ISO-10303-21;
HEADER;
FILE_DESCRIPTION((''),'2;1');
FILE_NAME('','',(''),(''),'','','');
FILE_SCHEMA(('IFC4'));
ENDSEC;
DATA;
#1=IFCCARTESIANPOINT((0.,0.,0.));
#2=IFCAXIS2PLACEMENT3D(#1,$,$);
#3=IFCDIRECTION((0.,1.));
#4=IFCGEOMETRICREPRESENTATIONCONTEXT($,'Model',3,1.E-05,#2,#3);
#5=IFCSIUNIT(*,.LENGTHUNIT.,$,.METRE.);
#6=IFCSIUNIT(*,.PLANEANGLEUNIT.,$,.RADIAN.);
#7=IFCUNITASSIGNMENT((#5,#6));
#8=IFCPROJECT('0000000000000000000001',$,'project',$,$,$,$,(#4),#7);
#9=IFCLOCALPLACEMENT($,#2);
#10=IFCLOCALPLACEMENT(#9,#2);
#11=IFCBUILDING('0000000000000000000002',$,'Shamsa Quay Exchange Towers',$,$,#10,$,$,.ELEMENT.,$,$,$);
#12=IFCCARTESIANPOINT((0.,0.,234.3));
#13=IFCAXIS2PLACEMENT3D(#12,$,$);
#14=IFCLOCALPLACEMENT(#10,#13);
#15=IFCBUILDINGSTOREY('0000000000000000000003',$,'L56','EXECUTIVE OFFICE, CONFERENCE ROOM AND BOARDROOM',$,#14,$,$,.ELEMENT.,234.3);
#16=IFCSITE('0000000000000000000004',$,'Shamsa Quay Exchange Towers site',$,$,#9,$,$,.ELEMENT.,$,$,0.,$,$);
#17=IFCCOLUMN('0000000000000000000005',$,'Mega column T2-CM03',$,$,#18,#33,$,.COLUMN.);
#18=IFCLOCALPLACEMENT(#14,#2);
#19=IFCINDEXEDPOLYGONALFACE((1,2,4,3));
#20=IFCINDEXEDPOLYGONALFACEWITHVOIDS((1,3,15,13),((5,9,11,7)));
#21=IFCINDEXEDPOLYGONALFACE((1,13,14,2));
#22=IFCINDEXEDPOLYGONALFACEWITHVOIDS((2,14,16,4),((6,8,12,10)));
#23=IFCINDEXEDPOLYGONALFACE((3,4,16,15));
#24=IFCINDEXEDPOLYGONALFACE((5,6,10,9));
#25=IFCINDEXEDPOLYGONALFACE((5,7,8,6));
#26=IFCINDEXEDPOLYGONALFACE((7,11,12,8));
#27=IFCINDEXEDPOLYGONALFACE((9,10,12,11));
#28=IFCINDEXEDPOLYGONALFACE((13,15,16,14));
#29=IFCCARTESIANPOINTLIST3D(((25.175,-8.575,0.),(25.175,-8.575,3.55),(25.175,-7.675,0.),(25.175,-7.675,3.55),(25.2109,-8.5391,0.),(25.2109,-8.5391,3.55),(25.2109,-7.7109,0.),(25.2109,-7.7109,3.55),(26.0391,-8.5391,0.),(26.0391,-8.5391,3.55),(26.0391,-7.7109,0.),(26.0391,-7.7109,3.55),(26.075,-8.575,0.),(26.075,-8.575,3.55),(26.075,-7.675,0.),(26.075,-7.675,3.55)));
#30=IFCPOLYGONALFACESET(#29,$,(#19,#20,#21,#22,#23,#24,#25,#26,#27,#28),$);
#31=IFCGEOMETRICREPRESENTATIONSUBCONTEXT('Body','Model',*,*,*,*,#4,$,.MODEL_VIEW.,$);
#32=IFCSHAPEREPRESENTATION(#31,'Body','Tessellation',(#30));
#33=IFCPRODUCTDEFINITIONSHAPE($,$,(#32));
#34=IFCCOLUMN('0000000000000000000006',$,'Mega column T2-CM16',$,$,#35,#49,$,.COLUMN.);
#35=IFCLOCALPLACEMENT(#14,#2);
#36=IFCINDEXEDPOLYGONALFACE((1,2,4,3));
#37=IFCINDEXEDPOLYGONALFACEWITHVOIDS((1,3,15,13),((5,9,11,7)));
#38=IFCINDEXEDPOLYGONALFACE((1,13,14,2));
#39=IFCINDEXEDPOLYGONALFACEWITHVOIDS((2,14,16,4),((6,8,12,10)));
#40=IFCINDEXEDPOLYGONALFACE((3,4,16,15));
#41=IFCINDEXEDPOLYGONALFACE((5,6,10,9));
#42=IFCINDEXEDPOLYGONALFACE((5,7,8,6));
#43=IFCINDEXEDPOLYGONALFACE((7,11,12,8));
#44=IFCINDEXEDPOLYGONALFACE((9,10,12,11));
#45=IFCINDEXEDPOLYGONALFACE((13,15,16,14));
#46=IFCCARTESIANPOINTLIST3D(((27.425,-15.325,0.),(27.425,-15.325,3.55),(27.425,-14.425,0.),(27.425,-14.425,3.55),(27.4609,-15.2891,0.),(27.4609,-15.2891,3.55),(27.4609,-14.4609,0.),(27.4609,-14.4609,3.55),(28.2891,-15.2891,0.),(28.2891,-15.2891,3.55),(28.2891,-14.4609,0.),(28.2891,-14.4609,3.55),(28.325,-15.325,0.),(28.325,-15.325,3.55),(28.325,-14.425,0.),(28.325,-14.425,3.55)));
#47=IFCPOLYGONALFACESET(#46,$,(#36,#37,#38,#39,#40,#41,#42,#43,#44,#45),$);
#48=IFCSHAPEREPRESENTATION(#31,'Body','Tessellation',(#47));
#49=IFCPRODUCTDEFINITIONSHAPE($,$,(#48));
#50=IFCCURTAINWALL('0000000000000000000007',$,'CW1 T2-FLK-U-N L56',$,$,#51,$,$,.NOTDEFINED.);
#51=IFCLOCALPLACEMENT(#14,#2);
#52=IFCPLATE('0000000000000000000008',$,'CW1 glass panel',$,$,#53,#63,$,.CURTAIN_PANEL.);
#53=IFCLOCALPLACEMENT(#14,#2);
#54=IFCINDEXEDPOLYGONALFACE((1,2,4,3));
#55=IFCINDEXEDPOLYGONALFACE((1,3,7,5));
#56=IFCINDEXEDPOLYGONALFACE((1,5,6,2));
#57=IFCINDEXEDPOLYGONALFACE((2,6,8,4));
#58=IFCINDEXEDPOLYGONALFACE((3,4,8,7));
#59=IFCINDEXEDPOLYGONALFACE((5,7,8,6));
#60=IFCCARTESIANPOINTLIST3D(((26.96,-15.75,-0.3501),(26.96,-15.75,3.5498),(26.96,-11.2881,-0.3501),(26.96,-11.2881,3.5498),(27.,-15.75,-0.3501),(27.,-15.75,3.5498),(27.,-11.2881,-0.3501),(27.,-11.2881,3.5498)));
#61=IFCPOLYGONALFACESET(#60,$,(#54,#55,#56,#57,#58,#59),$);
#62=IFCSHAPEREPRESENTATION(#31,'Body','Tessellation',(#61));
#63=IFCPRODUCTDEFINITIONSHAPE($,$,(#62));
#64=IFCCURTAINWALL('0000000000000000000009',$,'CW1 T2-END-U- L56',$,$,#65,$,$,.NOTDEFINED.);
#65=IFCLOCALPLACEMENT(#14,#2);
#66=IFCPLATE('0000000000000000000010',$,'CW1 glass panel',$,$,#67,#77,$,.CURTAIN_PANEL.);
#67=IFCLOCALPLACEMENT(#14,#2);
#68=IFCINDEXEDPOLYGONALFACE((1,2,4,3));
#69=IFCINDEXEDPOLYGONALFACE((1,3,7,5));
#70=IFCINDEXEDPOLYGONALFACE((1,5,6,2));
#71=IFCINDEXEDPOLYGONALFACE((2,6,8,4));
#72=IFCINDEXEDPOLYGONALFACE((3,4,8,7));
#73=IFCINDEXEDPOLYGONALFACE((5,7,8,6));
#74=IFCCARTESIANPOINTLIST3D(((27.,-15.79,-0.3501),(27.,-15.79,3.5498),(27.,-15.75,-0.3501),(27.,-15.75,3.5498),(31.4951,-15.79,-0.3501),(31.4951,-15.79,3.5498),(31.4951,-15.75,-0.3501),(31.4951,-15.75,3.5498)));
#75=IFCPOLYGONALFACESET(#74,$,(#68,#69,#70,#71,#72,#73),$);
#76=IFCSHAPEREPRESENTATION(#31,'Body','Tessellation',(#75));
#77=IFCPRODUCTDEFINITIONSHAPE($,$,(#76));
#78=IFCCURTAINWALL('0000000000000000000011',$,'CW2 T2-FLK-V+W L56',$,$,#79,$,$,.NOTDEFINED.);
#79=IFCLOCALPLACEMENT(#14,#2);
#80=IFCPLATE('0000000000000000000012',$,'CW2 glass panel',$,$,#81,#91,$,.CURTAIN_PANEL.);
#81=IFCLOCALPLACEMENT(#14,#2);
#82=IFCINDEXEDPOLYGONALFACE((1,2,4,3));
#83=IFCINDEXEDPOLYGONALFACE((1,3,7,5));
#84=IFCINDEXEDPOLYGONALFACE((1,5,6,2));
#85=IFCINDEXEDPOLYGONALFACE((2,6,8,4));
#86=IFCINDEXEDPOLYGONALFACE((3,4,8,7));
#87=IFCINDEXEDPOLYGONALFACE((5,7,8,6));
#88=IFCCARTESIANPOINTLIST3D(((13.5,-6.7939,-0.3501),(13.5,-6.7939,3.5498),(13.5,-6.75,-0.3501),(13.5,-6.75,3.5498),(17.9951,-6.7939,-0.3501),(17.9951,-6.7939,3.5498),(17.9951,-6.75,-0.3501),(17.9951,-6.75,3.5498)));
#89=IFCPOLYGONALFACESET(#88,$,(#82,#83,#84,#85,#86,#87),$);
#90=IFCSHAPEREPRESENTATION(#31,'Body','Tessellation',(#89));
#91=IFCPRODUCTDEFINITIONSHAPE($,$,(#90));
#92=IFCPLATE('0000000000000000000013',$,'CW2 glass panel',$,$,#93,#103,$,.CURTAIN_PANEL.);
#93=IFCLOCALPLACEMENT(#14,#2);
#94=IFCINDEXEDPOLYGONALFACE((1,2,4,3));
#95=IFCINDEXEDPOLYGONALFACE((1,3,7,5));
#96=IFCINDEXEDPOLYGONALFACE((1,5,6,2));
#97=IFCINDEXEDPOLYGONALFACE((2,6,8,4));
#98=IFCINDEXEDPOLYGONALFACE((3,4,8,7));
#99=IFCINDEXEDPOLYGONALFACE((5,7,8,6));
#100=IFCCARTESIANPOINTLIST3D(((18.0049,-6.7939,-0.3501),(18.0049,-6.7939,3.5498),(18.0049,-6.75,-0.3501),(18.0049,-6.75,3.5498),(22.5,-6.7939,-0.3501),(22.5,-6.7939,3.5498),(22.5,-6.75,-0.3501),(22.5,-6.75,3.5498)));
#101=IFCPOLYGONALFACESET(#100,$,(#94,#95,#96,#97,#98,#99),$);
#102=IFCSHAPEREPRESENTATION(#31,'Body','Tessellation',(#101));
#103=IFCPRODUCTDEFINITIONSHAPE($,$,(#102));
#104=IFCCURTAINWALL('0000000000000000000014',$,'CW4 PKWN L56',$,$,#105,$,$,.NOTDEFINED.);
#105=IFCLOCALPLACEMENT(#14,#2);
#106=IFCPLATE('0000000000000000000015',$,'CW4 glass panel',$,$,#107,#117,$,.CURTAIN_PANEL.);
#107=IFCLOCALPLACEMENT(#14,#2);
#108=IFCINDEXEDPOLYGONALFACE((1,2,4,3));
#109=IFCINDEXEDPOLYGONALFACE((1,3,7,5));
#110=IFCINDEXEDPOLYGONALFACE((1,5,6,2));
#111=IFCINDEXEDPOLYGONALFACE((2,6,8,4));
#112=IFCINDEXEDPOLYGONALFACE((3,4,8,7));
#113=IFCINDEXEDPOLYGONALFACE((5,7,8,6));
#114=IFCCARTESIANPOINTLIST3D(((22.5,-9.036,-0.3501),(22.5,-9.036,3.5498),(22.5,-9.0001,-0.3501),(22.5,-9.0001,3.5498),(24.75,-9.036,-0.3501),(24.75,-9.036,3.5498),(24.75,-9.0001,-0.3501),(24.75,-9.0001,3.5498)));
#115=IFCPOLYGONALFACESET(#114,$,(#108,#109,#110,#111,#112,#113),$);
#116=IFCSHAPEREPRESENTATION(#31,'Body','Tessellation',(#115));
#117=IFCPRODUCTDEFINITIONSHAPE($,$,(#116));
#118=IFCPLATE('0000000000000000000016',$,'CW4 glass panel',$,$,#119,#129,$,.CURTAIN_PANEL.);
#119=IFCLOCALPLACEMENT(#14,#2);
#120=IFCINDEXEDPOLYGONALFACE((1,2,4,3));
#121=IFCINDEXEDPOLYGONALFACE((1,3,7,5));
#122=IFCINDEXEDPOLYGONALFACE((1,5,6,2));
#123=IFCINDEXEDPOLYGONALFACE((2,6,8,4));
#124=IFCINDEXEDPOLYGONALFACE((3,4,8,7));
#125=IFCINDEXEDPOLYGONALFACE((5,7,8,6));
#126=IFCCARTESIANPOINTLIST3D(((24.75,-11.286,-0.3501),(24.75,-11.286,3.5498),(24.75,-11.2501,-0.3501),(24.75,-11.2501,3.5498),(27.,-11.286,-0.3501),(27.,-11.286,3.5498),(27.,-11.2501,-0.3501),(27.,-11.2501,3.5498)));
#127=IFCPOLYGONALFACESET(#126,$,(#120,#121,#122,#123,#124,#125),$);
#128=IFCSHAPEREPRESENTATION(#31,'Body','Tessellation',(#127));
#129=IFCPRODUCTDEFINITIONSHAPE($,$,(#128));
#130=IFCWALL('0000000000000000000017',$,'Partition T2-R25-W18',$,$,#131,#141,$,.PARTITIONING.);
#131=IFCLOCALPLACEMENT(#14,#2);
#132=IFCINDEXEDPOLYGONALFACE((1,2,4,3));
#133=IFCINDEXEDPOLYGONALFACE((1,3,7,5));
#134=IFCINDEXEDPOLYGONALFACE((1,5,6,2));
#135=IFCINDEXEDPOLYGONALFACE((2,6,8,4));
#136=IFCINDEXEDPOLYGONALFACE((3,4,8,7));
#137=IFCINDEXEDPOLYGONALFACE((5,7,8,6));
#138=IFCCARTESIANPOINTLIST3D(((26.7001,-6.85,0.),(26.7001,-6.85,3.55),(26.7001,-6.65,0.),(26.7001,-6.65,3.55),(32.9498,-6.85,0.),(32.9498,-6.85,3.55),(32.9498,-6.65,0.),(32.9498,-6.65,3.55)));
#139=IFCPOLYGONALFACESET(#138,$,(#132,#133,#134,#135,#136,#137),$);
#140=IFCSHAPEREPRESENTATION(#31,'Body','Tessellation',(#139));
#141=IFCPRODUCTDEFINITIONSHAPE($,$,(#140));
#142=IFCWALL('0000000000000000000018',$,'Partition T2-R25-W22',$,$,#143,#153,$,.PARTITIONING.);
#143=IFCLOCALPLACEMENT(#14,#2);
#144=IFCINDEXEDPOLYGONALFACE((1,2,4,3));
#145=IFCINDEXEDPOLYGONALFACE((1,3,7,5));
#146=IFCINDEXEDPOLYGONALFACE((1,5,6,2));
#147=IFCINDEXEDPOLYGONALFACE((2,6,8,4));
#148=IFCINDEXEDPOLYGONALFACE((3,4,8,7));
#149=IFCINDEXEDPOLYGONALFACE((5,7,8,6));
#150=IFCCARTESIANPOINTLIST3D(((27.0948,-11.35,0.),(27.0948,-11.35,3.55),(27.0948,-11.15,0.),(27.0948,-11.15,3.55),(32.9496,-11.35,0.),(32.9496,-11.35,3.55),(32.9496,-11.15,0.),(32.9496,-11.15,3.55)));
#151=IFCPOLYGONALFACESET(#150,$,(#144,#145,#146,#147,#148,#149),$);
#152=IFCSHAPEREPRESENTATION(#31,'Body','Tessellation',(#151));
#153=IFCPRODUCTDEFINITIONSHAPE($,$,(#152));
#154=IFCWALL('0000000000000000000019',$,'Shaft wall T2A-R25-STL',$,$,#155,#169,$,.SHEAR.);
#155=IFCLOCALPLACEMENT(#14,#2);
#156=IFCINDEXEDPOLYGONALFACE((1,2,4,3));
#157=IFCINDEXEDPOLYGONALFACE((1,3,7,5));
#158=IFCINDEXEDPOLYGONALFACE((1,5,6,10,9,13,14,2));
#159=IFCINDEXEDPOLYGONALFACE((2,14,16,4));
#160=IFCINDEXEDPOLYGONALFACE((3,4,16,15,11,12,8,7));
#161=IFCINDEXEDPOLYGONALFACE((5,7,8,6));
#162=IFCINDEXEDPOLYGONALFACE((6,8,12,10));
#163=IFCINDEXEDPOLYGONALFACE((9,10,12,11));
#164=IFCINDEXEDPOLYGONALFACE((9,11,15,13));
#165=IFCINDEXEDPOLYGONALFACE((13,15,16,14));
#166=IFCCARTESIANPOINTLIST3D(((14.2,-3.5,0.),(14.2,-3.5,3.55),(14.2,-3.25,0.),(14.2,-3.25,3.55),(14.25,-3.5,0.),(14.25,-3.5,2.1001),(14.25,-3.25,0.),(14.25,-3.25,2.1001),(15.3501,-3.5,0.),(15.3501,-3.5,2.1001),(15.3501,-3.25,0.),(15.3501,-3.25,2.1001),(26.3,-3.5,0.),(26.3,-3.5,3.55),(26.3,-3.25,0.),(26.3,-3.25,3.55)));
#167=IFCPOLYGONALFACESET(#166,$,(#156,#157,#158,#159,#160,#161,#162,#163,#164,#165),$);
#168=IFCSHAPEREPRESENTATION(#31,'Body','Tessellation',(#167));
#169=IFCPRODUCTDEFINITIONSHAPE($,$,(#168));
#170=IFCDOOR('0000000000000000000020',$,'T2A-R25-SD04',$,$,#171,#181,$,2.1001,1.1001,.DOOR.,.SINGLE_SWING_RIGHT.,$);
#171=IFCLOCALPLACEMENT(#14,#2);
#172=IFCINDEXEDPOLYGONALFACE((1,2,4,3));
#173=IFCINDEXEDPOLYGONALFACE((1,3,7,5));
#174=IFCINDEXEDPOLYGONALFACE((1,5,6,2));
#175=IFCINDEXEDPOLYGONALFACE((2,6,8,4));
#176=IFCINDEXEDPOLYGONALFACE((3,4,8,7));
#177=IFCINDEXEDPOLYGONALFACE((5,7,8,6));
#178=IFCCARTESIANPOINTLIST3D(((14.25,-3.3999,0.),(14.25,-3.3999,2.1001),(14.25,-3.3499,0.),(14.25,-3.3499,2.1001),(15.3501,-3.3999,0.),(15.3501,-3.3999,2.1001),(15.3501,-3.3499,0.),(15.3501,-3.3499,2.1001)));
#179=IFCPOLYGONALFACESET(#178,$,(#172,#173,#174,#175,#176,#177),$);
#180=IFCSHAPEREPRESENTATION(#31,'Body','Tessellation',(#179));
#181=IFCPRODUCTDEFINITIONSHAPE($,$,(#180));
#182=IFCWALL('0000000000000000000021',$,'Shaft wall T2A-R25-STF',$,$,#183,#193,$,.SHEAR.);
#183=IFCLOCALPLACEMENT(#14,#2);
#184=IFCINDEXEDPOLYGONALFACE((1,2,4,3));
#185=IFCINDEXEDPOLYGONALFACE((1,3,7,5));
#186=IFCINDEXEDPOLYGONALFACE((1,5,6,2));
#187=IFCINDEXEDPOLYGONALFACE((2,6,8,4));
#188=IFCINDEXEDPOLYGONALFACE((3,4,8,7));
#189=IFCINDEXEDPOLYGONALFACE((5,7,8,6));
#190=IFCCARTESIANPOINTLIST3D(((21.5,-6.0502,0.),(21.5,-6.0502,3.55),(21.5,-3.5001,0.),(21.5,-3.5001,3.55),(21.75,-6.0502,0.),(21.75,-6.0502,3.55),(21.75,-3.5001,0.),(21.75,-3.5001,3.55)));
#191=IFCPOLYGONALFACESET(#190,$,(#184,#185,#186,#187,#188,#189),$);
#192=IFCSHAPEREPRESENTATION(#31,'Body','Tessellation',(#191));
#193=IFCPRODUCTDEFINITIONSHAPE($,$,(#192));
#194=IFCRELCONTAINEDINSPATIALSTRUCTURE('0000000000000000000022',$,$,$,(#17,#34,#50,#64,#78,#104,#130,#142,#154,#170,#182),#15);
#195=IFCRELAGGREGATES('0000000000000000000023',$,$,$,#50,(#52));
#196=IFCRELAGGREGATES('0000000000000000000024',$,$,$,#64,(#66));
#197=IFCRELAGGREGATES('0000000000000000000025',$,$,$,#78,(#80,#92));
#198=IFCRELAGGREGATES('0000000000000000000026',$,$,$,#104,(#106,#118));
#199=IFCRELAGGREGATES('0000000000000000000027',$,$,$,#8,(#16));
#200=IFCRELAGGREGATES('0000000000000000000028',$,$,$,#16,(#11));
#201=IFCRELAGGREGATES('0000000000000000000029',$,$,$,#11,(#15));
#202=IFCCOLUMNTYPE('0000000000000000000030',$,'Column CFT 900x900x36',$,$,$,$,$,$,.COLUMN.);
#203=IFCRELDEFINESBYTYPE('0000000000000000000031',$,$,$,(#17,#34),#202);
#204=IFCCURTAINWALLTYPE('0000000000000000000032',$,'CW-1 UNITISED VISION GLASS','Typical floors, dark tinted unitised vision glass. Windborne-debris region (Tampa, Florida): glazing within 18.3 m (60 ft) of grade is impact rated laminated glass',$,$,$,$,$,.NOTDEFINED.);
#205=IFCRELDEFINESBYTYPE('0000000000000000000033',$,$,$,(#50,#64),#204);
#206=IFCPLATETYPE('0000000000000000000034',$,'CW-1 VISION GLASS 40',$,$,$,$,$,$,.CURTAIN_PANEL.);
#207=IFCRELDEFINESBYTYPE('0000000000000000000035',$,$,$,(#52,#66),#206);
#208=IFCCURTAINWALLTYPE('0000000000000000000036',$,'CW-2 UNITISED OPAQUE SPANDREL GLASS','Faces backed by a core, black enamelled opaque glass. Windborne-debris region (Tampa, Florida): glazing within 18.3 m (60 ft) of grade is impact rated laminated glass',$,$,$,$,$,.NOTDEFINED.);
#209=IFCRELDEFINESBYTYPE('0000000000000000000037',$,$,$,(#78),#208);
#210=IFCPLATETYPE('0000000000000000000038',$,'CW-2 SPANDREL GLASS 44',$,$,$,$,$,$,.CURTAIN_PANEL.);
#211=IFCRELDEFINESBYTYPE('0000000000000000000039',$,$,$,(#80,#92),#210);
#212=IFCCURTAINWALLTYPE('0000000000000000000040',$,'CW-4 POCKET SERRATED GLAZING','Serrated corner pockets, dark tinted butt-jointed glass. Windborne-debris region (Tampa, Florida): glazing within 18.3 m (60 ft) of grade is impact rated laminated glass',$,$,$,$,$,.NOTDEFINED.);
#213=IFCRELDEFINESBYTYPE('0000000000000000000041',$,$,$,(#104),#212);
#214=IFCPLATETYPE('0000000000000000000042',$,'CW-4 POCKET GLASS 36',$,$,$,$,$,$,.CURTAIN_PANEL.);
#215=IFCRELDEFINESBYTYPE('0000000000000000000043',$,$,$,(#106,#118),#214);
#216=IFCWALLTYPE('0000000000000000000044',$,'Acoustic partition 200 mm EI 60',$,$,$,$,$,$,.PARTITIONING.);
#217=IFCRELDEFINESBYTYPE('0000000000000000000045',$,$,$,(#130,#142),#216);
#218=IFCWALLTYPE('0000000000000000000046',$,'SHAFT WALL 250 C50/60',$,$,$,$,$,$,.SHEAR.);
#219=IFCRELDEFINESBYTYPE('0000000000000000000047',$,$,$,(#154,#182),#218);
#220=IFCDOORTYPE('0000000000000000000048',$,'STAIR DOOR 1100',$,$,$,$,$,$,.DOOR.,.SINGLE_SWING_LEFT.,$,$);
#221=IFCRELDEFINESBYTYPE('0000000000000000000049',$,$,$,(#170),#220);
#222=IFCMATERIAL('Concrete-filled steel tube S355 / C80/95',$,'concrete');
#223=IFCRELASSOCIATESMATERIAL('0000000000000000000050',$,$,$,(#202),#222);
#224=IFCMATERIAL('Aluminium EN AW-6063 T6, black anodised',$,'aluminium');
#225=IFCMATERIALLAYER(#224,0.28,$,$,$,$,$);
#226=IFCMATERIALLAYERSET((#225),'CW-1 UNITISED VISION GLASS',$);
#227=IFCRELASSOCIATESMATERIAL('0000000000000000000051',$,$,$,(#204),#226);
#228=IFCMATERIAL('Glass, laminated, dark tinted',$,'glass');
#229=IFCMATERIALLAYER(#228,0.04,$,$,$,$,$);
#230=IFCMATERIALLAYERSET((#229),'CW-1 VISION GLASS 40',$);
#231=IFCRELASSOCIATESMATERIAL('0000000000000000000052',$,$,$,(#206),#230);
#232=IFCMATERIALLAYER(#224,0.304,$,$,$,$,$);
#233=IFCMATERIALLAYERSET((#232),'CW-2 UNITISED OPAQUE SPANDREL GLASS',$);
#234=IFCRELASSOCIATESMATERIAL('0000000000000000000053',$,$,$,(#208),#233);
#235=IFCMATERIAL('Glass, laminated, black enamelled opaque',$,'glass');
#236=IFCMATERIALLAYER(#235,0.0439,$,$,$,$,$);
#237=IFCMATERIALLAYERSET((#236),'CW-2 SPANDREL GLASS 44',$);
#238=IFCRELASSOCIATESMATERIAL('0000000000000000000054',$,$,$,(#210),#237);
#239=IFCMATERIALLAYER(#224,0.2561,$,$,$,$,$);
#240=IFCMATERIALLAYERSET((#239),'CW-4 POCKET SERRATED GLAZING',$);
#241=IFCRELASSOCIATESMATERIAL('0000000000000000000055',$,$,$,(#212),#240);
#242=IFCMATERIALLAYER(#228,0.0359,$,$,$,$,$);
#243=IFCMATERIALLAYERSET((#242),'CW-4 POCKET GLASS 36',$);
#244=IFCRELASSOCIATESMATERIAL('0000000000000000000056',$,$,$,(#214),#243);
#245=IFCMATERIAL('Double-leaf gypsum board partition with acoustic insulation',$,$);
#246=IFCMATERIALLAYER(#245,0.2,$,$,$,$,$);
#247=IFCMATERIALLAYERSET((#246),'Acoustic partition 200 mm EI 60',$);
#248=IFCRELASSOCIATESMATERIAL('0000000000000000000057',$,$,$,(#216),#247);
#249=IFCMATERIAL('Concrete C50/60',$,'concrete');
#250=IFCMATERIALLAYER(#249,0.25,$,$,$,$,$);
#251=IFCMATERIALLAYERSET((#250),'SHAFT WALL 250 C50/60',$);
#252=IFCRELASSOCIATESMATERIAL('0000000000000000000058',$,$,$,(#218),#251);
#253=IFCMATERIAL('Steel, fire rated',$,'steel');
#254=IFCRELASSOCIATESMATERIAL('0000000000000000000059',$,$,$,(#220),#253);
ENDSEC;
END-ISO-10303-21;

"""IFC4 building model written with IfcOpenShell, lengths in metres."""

from ifc_helpers import new_model, si_unit, direction, frame, frame_2d, origin, origin_2d, place, context, subcontext, project, spatial, rectangle, hollow_rectangle, extrude, material, layer, layer_set, material_profile, profile_set, type_object, element, fill, aggregate, save


model = new_model("IFC4")

# Units and contexts
model_context = context("Model", 3, precision=1e-05, world=origin(), true_north=direction((0.0, 1.0)))
body_context = subcontext(model_context, "Body", "Model", "MODEL_VIEW")
ifc_project = project(units=[si_unit("LENGTHUNIT", "METRE"), si_unit("PLANEANGLEUNIT", "RADIAN")], contexts=[model_context])

# Site, building, storey
site_placement = place(None, origin())
site = spatial("IfcSite", under=ifc_project, at=site_placement, Name="Shamsa Quay Exchange Towers site", CompositionType="ELEMENT", RefElevation=0.0)
building_placement = place(site_placement, origin())
building = spatial("IfcBuilding", under=site, at=building_placement, Name="Shamsa Quay Exchange Towers", CompositionType="ELEMENT")
storey_placement = place(building_placement, frame((0.0, 0.0, 234.3)))
storey = spatial("IfcBuildingStorey", under=building, at=storey_placement, Name="L56", Description="EXECUTIVE OFFICE, CONFERENCE ROOM AND BOARDROOM", CompositionType="ELEMENT", Elevation=234.3)

# Columns
ifc_material_1 = material(Name="Concrete-filled steel tube S355 / C80/95", Category="concrete")
ifc_material_profile = material_profile(ifc_material_1, hollow_rectangle(XDim=0.8999, YDim=0.8999, WallThickness=0.0359, at=origin_2d()), Name="CFT 900x900x36")
ifc_profile_set = profile_set([ifc_material_profile], Name="Concrete-filled steel tube S355 / C80/95")
column_type = type_object("IfcColumnType", Name="Column CFT 900x900x36", PredefinedType="COLUMN", material=ifc_profile_set)
for number, where, name in (
    (1, (25.625, -8.125, 0.0), "Mega column T2-CM03"),
    (2, (27.875, -14.875, 0.0), "Mega column T2-CM16"),
):
    element("IfcColumn", number, at=place(storey_placement, frame(where)), inside=storey, type_object=column_type, Name=name, PredefinedType="COLUMN", context=body_context, shape_type="SweptSolid", body=[
        extrude(hollow_rectangle(XDim=0.8999, YDim=0.8999, WallThickness=0.0359, at=origin_2d()), origin(), (0.0, 0.0, 1.0), 3.55),
    ])

# Curtain walls, plates
ifc_material_2 = material(Name="Aluminium EN AW-6063 T6, black anodised", Category="aluminium")
ifc_layer_1 = layer(ifc_material_2, 0.28)
ifc_layer_set_1 = layer_set([ifc_layer_1], Name="CW-1 UNITISED VISION GLASS")
curtain_wall_type_1 = type_object("IfcCurtainWallType", Name="CW-1 UNITISED VISION GLASS", Description="Typical floors, dark tinted unitised vision glass. Windborne-debris region (Tampa, Florida): glazing within 18.3 m (60 ft) of grade is impact rated laminated glass", PredefinedType="NOTDEFINED", material=ifc_layer_set_1)
curtain_wall_1_placement = place(storey_placement, origin())
curtain_wall_1 = element("IfcCurtainWall", 3, at=curtain_wall_1_placement, inside=storey, type_object=curtain_wall_type_1, Name="CW1 T2-FLK-U-N L56", PredefinedType="NOTDEFINED")
ifc_material_3 = material(Name="Glass, laminated, dark tinted", Category="glass")
ifc_layer_2 = layer(ifc_material_3, 0.04)
ifc_layer_set_2 = layer_set([ifc_layer_2], Name="CW-1 VISION GLASS 40")
plate_type_1 = type_object("IfcPlateType", Name="CW-1 VISION GLASS 40", PredefinedType="CURTAIN_PANEL", material=ifc_layer_set_2)
plate_1_placement = place(storey_placement, frame((26.98, -13.519, -0.3501), z_axis=(0.0, 0.0, 1.0), x_axis=(0.0, -1.0, 0.0)))
plate_1 = element("IfcPlate", 4, at=plate_1_placement, type_object=plate_type_1, Name="CW1 glass panel", PredefinedType="CURTAIN_PANEL", context=body_context, shape_type="SweptSolid", body=[
    extrude(rectangle(XDim=4.4619, YDim=0.04, at=origin_2d()), origin(), (0.0, 0.0, 1.0), 3.8999),
])
aggregate(curtain_wall_1, [plate_1])
curtain_wall_2_placement = place(storey_placement, origin())
curtain_wall_2 = element("IfcCurtainWall", 5, at=curtain_wall_2_placement, inside=storey, type_object=curtain_wall_type_1, Name="CW1 T2-END-U- L56", PredefinedType="NOTDEFINED")
plate_2_placement = place(storey_placement, frame((29.2476, -15.77, -0.3501)))
plate_2 = element("IfcPlate", 6, at=plate_2_placement, type_object=plate_type_1, Name="CW1 glass panel", PredefinedType="CURTAIN_PANEL", context=body_context, shape_type="SweptSolid", body=[
    extrude(rectangle(XDim=4.4951, YDim=0.04, at=origin_2d()), origin(), (0.0, 0.0, 1.0), 3.8999),
])
aggregate(curtain_wall_2, [plate_2])

# Curtain walls, plates
ifc_layer_3 = layer(ifc_material_2, 0.304)
ifc_layer_set_3 = layer_set([ifc_layer_3], Name="CW-2 UNITISED OPAQUE SPANDREL GLASS")
curtain_wall_type_2 = type_object("IfcCurtainWallType", Name="CW-2 UNITISED OPAQUE SPANDREL GLASS", Description="Faces backed by a core, black enamelled opaque glass. Windborne-debris region (Tampa, Florida): glazing within 18.3 m (60 ft) of grade is impact rated laminated glass", PredefinedType="NOTDEFINED", material=ifc_layer_set_3)
curtain_wall_3_placement = place(storey_placement, origin())
curtain_wall_3 = element("IfcCurtainWall", 7, at=curtain_wall_3_placement, inside=storey, type_object=curtain_wall_type_2, Name="CW2 T2-FLK-V+W L56", PredefinedType="NOTDEFINED")
ifc_material_4 = material(Name="Glass, laminated, black enamelled opaque", Category="glass")
ifc_layer_4 = layer(ifc_material_4, 0.0439)
ifc_layer_set_4 = layer_set([ifc_layer_4], Name="CW-2 SPANDREL GLASS 44")
plate_type_2 = type_object("IfcPlateType", Name="CW-2 SPANDREL GLASS 44", PredefinedType="CURTAIN_PANEL", material=ifc_layer_set_4)
plate_3_placement = place(storey_placement, frame((15.7476, -6.772, -0.3501)))
plate_3 = element("IfcPlate", 8, at=plate_3_placement, type_object=plate_type_2, Name="CW2 glass panel", PredefinedType="CURTAIN_PANEL", context=body_context, shape_type="SweptSolid", body=[
    extrude(rectangle(XDim=4.4951, YDim=0.0439, at=origin_2d()), origin(), (0.0, 0.0, 1.0), 3.8999),
])
plate_4_placement = place(storey_placement, frame((20.2524, -6.772, -0.3501)))
plate_4 = element("IfcPlate", 9, at=plate_4_placement, type_object=plate_type_2, Name="CW2 glass panel", PredefinedType="CURTAIN_PANEL", context=body_context, shape_type="SweptSolid", body=[
    extrude(rectangle(XDim=4.4951, YDim=0.0439, at=origin_2d()), origin(), (0.0, 0.0, 1.0), 3.8999),
])
aggregate(curtain_wall_3, [plate_3, plate_4])
ifc_layer_5 = layer(ifc_material_2, 0.2561)
ifc_layer_set_5 = layer_set([ifc_layer_5], Name="CW-4 POCKET SERRATED GLAZING")
curtain_wall_type_3 = type_object("IfcCurtainWallType", Name="CW-4 POCKET SERRATED GLAZING", Description="Serrated corner pockets, dark tinted butt-jointed glass. Windborne-debris region (Tampa, Florida): glazing within 18.3 m (60 ft) of grade is impact rated laminated glass", PredefinedType="NOTDEFINED", material=ifc_layer_set_5)
curtain_wall_4_placement = place(storey_placement, origin())
curtain_wall_4 = element("IfcCurtainWall", 10, at=curtain_wall_4_placement, inside=storey, type_object=curtain_wall_type_3, Name="CW4 PKWN L56", PredefinedType="NOTDEFINED")
ifc_layer_6 = layer(ifc_material_3, 0.0359)
ifc_layer_set_6 = layer_set([ifc_layer_6], Name="CW-4 POCKET GLASS 36")
plate_type_3 = type_object("IfcPlateType", Name="CW-4 POCKET GLASS 36", PredefinedType="CURTAIN_PANEL", material=ifc_layer_set_6)
plate_5_placement = place(storey_placement, frame((23.625, -9.0181, -0.3501)))
plate_5 = element("IfcPlate", 11, at=plate_5_placement, type_object=plate_type_3, Name="CW4 glass panel", PredefinedType="CURTAIN_PANEL", context=body_context, shape_type="SweptSolid", body=[
    extrude(rectangle(XDim=2.25, YDim=0.0359, at=origin_2d()), origin(), (0.0, 0.0, 1.0), 3.8999),
])
plate_6_placement = place(storey_placement, frame((25.875, -11.2681, -0.3501)))
plate_6 = element("IfcPlate", 12, at=plate_6_placement, type_object=plate_type_3, Name="CW4 glass panel", PredefinedType="CURTAIN_PANEL", context=body_context, shape_type="SweptSolid", body=[
    extrude(rectangle(XDim=2.25, YDim=0.0359, at=origin_2d()), origin(), (0.0, 0.0, 1.0), 3.8999),
])
aggregate(curtain_wall_4, [plate_5, plate_6])

# Walls
ifc_material_5 = material(Name="Double-leaf gypsum board partition with acoustic insulation")
ifc_layer_7 = layer(ifc_material_5, 0.2)
ifc_layer_set_7 = layer_set([ifc_layer_7], Name="Acoustic partition 200 mm EI 60")
wall_type_1 = type_object("IfcWallType", Name="Acoustic partition 200 mm EI 60", PredefinedType="PARTITIONING", material=ifc_layer_set_7)
wall_1_placement = place(storey_placement, frame((26.7, -6.75, 0.0)))
element("IfcWall", 13, at=wall_1_placement, inside=storey, type_object=wall_type_1, Name="Partition T2-R25-W18", PredefinedType="PARTITIONING", context=body_context, shape_type="SweptSolid", body=[
    extrude(rectangle(XDim=6.2498, YDim=0.2, at=frame_2d((3.125, 0.0))), origin(), (0.0, 0.0, 1.0), 3.55),
])
wall_2_placement = place(storey_placement, frame((27.095, -11.25, 0.0)))
element("IfcWall", 14, at=wall_2_placement, inside=storey, type_object=wall_type_1, Name="Partition T2-R25-W22", PredefinedType="PARTITIONING", context=body_context, shape_type="SweptSolid", body=[
    extrude(rectangle(XDim=5.8547, YDim=0.2, at=frame_2d((2.9272, 0.0))), origin(), (0.0, 0.0, 1.0), 3.55),
])

# Wall, opening, door
ifc_material_6 = material(Name="Concrete C50/60", Category="concrete")
ifc_layer_8 = layer(ifc_material_6, 0.25)
ifc_layer_set_8 = layer_set([ifc_layer_8], Name="SHAFT WALL 250 C50/60")
wall_type_2 = type_object("IfcWallType", Name="SHAFT WALL 250 C50/60", PredefinedType="SHEAR", material=ifc_layer_set_8)
wall_3_placement = place(storey_placement, frame((26.3, -3.375, 0.0), z_axis=(0.0, 0.0, 1.0), x_axis=(-1.0, 0.0, 0.0)))
wall_3 = element("IfcWall", 15, at=wall_3_placement, inside=storey, type_object=wall_type_2, Name="Shaft wall T2A-R25-STL", PredefinedType="SHEAR", context=body_context, shape_type="SweptSolid", body=[
    extrude(rectangle(XDim=12.1001, YDim=0.25, at=frame_2d((6.05, 0.0))), origin(), (0.0, 0.0, 1.0), 3.55),
])
opening_1_placement = place(wall_3_placement, frame((10.95, 0.0, 0.0)))
opening_1 = element("IfcOpeningElement", 16, at=opening_1_placement, cuts=wall_3, PredefinedType="OPENING", context=body_context, shape_type="SweptSolid", body=[
    extrude(rectangle(XDim=1.1001, YDim=2.1001, at=frame_2d((0.55, 1.05))), frame((0.0, 0.135, 0.0), z_axis=(0.0, -1.0, 0.0), x_axis=(1.0, 0.0, 0.0)), (0.0, 0.0, 1.0), 0.27),
])
ifc_material_7 = material(Name="Steel, fire rated", Category="steel")
door_type_1 = type_object("IfcDoorType", Name="STAIR DOOR 1100", OperationType="SINGLE_SWING_LEFT", PredefinedType="DOOR", material=ifc_material_7)
door_1_placement = place(opening_1_placement, origin())
door_1 = element("IfcDoor", 17, at=door_1_placement, inside=storey, type_object=door_type_1, Name="T2A-R25-SD04", OperationType="SINGLE_SWING_RIGHT", OverallHeight=2.1001, OverallWidth=1.1001, PredefinedType="DOOR", context=body_context, shape_type="SweptSolid", body=[
    extrude(rectangle(XDim=1.1001, YDim=2.1001, at=frame_2d((0.55, 1.05))), frame((0.0, 0.0249, 0.0), z_axis=(0.0, -1.0, 0.0), x_axis=(1.0, 0.0, 0.0)), (0.0, 0.0, 1.0), 0.05),
])
fill(opening_1, door_1)

# Wall
wall_4_placement = place(storey_placement, frame((21.625, -6.05, 0.0), z_axis=(0.0, 0.0, 1.0), x_axis=(0.0, 1.0, 0.0)))
element("IfcWall", 18, at=wall_4_placement, inside=storey, type_object=wall_type_2, Name="Shaft wall T2A-R25-STF", PredefinedType="SHEAR", context=body_context, shape_type="SweptSolid", body=[
    extrude(rectangle(XDim=2.55, YDim=0.25, at=frame_2d((1.2749, 0.0))), origin(), (0.0, 0.0, 1.0), 3.55),
])

save(model, "model.ifc")
